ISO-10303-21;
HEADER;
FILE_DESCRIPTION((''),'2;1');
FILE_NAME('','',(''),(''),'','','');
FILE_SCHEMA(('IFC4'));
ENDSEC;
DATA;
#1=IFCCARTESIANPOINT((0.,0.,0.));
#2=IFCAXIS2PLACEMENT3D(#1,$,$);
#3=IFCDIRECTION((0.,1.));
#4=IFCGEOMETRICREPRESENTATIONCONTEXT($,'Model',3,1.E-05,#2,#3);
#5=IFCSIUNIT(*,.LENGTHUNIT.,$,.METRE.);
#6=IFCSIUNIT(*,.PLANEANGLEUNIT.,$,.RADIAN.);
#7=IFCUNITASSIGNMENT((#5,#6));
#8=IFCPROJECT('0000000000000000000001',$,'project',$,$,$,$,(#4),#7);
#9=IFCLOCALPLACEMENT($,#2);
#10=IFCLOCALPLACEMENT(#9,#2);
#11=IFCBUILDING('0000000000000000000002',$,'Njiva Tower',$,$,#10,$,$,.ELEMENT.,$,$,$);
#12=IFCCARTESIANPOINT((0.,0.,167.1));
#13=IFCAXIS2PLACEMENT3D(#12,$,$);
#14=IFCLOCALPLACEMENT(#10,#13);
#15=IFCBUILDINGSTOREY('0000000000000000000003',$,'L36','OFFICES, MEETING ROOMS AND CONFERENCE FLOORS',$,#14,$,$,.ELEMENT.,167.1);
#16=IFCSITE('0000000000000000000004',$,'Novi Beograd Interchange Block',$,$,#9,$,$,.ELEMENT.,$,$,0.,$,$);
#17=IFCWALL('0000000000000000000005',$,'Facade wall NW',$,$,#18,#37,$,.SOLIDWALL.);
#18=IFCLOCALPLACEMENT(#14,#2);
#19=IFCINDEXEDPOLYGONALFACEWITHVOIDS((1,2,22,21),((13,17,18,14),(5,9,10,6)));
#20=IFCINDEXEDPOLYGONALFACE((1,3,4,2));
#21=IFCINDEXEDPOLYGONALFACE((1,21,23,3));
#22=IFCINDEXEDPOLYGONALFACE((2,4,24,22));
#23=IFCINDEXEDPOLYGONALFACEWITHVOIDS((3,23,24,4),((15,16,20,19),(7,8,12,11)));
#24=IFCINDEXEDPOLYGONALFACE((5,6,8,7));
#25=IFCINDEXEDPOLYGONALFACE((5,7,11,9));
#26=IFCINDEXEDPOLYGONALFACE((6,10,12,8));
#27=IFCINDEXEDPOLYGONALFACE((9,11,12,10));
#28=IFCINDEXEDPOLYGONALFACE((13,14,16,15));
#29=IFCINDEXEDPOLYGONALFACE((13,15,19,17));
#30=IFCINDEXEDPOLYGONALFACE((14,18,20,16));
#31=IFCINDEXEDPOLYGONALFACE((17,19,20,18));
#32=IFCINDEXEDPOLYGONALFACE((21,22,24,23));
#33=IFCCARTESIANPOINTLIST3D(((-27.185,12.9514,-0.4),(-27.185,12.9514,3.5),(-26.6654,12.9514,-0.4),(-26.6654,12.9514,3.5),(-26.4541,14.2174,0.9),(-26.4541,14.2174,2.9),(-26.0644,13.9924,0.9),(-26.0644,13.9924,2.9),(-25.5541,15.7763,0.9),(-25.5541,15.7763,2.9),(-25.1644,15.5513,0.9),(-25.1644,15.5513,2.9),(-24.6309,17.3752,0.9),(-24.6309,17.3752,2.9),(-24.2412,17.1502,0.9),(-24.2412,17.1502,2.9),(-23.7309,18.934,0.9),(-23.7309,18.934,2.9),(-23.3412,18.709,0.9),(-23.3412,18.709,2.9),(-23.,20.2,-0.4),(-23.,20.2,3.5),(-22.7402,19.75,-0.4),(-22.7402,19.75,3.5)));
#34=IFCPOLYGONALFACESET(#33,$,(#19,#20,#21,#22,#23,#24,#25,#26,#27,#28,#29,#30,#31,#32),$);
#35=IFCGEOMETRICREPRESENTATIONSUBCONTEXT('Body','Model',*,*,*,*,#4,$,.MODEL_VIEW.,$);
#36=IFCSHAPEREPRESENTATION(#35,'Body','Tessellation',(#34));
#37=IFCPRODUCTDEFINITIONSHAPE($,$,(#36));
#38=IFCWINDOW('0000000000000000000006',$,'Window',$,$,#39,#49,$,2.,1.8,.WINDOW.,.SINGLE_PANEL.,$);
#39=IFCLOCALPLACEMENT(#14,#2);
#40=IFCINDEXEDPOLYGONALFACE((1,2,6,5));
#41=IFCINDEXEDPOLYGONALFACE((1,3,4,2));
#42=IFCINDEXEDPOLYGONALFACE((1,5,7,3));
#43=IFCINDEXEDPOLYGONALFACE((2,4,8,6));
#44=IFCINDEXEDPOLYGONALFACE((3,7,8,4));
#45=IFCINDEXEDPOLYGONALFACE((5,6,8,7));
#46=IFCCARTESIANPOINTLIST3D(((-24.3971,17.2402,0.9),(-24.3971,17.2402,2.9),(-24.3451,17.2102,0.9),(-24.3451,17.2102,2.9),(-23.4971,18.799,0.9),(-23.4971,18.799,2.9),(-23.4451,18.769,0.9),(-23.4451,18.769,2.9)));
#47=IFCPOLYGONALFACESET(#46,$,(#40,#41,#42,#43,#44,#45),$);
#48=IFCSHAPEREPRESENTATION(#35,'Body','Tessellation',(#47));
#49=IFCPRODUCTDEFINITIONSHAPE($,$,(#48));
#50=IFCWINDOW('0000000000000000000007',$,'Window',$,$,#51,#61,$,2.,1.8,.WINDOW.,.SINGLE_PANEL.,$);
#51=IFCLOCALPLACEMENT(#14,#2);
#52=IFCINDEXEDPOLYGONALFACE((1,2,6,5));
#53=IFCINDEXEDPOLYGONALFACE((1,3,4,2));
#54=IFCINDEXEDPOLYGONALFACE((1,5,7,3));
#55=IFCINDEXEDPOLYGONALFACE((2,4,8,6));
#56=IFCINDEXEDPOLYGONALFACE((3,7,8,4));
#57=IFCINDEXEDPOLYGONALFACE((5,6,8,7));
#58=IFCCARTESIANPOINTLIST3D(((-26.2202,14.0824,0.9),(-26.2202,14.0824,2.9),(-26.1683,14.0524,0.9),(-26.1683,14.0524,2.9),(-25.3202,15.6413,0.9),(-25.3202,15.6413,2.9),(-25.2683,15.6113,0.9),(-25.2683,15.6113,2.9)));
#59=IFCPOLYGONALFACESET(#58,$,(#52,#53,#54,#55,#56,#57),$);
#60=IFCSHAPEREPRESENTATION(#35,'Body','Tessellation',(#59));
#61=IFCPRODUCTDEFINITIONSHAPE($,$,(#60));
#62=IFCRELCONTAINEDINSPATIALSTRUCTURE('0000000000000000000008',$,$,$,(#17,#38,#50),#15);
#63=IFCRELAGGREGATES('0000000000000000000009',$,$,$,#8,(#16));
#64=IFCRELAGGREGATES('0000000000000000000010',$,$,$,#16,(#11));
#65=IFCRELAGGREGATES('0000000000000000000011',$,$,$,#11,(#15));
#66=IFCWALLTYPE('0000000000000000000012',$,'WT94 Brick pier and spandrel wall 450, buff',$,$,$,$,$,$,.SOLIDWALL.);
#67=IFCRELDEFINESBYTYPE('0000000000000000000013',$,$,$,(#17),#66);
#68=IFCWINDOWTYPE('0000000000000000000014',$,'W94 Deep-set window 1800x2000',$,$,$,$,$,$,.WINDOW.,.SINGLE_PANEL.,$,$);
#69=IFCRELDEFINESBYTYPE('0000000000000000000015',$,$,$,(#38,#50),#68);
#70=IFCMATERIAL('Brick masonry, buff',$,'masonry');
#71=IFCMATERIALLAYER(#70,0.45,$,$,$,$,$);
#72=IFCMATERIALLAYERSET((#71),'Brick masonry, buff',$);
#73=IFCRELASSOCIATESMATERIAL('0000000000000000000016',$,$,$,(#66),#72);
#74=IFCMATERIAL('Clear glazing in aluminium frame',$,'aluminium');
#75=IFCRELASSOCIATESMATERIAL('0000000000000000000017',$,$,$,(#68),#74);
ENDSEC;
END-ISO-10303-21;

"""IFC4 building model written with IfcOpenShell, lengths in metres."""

from ifc_helpers import new_model, si_unit, direction, frame, frame_2d, origin, place, context, subcontext, project, spatial, polyline, rectangle, outline, extrude, material, layer, layer_set, type_object, element, fill, save


model = new_model("IFC4")

# Units and contexts
model_context = context("Model", 3, precision=1e-05, world=origin(), true_north=direction((0.0, 1.0)))
body_context = subcontext(model_context, "Body", "Model", "MODEL_VIEW")
ifc_project = project(units=[si_unit("LENGTHUNIT", "METRE"), si_unit("PLANEANGLEUNIT", "RADIAN")], contexts=[model_context])

# Site, building, storey
site_placement = place(None, origin())
site = spatial("IfcSite", under=ifc_project, at=site_placement, Name="Novi Beograd Interchange Block", CompositionType="ELEMENT", RefElevation=0.0)
building_placement = place(site_placement, origin())
building = spatial("IfcBuilding", under=site, at=building_placement, Name="Njiva Tower", CompositionType="ELEMENT")
storey_placement = place(building_placement, frame((0.0, 0.0, 167.1)))
storey = spatial("IfcBuildingStorey", under=building, at=storey_placement, Name="L36", Description="OFFICES, MEETING ROOMS AND CONFERENCE FLOORS", CompositionType="ELEMENT", Elevation=167.1)

# Wall, openings, windows
ifc_material_1 = material(Name="Brick masonry, buff", Category="masonry")
ifc_layer_1 = layer(ifc_material_1, 0.45)
ifc_layer_set_1 = layer_set([ifc_layer_1], Name="Brick masonry, buff")
wall_type_1 = type_object("IfcWallType", Name="WT94 Brick pier and spandrel wall 450, buff", PredefinedType="SOLIDWALL", material=ifc_layer_set_1)
wall_1_placement = place(storey_placement, frame((-22.8701, 19.975, -0.4), z_axis=(0.0, 0.0, 1.0), x_axis=(-0.500002, -0.866024, 0.0)))
wall_1 = element("IfcWall", 1, at=wall_1_placement, inside=storey, type_object=wall_type_1, Name="Facade wall NW", PredefinedType="SOLIDWALL", context=body_context, shape_type="SweptSolid", body=[
    extrude(outline(polyline([(-0.1299, -0.225), (8.2401, -0.225), (7.9803, 0.225), (0.1299, 0.225), (-0.1299, -0.225)])), origin(), (0.0, 0.0, 1.0), 3.9),
])
opening_1_placement = place(wall_1_placement, frame((1.3319, 0.0, 1.3)))
opening_1 = element("IfcOpeningElement", 2, at=opening_1_placement, cuts=wall_1, PredefinedType="OPENING", context=body_context, shape_type="SweptSolid", body=[
    extrude(rectangle(XDim=1.8, YDim=2.0, at=frame_2d((0.9, 1.0))), frame((0.0, 0.235, 0.0), z_axis=(0.0, -1.0, 0.0), x_axis=(1.0, 0.0, 0.0)), (0.0, 0.0, 1.0), 0.47),
])
opening_2_placement = place(wall_1_placement, frame((4.9782, 0.0, 1.3)))
opening_2 = element("IfcOpeningElement", 3, at=opening_2_placement, cuts=wall_1, PredefinedType="OPENING", context=body_context, shape_type="SweptSolid", body=[
    extrude(rectangle(XDim=1.8, YDim=2.0, at=frame_2d((0.9, 1.0))), frame((0.0, 0.235, 0.0), z_axis=(0.0, -1.0, 0.0), x_axis=(1.0, 0.0, 0.0)), (0.0, 0.0, 1.0), 0.47),
])
ifc_material_2 = material(Name="Clear glazing in aluminium frame", Category="aluminium")
window_type = type_object("IfcWindowType", Name="W94 Deep-set window 1800x2000", PartitioningType="SINGLE_PANEL", PredefinedType="WINDOW", material=ifc_material_2)
window_1_placement = place(opening_1_placement, origin())
window_1 = element("IfcWindow", 4, at=window_1_placement, inside=storey, type_object=window_type, Name="Window", OverallHeight=2.0, OverallWidth=1.8, PartitioningType="SINGLE_PANEL", PredefinedType="WINDOW", context=body_context, shape_type="SweptSolid", body=[
    extrude(rectangle(XDim=1.8, YDim=2.0, at=frame_2d((0.9, 1.0))), frame((0.0, 0.105, 0.0), z_axis=(0.0, -1.0, 0.0), x_axis=(1.0, 0.0, 0.0)), (0.0, 0.0, 1.0), 0.06),
])
fill(opening_1, window_1)
window_2_placement = place(opening_2_placement, origin())
window_2 = element("IfcWindow", 5, at=window_2_placement, inside=storey, type_object=window_type, Name="Window", OverallHeight=2.0, OverallWidth=1.8, PartitioningType="SINGLE_PANEL", PredefinedType="WINDOW", context=body_context, shape_type="SweptSolid", body=[
    extrude(rectangle(XDim=1.8, YDim=2.0, at=frame_2d((0.9, 1.0))), frame((0.0, 0.105, 0.0), z_axis=(0.0, -1.0, 0.0), x_axis=(1.0, 0.0, 0.0)), (0.0, 0.0, 1.0), 0.06),
])
fill(opening_2, window_2)

save(model, "model.ifc")
